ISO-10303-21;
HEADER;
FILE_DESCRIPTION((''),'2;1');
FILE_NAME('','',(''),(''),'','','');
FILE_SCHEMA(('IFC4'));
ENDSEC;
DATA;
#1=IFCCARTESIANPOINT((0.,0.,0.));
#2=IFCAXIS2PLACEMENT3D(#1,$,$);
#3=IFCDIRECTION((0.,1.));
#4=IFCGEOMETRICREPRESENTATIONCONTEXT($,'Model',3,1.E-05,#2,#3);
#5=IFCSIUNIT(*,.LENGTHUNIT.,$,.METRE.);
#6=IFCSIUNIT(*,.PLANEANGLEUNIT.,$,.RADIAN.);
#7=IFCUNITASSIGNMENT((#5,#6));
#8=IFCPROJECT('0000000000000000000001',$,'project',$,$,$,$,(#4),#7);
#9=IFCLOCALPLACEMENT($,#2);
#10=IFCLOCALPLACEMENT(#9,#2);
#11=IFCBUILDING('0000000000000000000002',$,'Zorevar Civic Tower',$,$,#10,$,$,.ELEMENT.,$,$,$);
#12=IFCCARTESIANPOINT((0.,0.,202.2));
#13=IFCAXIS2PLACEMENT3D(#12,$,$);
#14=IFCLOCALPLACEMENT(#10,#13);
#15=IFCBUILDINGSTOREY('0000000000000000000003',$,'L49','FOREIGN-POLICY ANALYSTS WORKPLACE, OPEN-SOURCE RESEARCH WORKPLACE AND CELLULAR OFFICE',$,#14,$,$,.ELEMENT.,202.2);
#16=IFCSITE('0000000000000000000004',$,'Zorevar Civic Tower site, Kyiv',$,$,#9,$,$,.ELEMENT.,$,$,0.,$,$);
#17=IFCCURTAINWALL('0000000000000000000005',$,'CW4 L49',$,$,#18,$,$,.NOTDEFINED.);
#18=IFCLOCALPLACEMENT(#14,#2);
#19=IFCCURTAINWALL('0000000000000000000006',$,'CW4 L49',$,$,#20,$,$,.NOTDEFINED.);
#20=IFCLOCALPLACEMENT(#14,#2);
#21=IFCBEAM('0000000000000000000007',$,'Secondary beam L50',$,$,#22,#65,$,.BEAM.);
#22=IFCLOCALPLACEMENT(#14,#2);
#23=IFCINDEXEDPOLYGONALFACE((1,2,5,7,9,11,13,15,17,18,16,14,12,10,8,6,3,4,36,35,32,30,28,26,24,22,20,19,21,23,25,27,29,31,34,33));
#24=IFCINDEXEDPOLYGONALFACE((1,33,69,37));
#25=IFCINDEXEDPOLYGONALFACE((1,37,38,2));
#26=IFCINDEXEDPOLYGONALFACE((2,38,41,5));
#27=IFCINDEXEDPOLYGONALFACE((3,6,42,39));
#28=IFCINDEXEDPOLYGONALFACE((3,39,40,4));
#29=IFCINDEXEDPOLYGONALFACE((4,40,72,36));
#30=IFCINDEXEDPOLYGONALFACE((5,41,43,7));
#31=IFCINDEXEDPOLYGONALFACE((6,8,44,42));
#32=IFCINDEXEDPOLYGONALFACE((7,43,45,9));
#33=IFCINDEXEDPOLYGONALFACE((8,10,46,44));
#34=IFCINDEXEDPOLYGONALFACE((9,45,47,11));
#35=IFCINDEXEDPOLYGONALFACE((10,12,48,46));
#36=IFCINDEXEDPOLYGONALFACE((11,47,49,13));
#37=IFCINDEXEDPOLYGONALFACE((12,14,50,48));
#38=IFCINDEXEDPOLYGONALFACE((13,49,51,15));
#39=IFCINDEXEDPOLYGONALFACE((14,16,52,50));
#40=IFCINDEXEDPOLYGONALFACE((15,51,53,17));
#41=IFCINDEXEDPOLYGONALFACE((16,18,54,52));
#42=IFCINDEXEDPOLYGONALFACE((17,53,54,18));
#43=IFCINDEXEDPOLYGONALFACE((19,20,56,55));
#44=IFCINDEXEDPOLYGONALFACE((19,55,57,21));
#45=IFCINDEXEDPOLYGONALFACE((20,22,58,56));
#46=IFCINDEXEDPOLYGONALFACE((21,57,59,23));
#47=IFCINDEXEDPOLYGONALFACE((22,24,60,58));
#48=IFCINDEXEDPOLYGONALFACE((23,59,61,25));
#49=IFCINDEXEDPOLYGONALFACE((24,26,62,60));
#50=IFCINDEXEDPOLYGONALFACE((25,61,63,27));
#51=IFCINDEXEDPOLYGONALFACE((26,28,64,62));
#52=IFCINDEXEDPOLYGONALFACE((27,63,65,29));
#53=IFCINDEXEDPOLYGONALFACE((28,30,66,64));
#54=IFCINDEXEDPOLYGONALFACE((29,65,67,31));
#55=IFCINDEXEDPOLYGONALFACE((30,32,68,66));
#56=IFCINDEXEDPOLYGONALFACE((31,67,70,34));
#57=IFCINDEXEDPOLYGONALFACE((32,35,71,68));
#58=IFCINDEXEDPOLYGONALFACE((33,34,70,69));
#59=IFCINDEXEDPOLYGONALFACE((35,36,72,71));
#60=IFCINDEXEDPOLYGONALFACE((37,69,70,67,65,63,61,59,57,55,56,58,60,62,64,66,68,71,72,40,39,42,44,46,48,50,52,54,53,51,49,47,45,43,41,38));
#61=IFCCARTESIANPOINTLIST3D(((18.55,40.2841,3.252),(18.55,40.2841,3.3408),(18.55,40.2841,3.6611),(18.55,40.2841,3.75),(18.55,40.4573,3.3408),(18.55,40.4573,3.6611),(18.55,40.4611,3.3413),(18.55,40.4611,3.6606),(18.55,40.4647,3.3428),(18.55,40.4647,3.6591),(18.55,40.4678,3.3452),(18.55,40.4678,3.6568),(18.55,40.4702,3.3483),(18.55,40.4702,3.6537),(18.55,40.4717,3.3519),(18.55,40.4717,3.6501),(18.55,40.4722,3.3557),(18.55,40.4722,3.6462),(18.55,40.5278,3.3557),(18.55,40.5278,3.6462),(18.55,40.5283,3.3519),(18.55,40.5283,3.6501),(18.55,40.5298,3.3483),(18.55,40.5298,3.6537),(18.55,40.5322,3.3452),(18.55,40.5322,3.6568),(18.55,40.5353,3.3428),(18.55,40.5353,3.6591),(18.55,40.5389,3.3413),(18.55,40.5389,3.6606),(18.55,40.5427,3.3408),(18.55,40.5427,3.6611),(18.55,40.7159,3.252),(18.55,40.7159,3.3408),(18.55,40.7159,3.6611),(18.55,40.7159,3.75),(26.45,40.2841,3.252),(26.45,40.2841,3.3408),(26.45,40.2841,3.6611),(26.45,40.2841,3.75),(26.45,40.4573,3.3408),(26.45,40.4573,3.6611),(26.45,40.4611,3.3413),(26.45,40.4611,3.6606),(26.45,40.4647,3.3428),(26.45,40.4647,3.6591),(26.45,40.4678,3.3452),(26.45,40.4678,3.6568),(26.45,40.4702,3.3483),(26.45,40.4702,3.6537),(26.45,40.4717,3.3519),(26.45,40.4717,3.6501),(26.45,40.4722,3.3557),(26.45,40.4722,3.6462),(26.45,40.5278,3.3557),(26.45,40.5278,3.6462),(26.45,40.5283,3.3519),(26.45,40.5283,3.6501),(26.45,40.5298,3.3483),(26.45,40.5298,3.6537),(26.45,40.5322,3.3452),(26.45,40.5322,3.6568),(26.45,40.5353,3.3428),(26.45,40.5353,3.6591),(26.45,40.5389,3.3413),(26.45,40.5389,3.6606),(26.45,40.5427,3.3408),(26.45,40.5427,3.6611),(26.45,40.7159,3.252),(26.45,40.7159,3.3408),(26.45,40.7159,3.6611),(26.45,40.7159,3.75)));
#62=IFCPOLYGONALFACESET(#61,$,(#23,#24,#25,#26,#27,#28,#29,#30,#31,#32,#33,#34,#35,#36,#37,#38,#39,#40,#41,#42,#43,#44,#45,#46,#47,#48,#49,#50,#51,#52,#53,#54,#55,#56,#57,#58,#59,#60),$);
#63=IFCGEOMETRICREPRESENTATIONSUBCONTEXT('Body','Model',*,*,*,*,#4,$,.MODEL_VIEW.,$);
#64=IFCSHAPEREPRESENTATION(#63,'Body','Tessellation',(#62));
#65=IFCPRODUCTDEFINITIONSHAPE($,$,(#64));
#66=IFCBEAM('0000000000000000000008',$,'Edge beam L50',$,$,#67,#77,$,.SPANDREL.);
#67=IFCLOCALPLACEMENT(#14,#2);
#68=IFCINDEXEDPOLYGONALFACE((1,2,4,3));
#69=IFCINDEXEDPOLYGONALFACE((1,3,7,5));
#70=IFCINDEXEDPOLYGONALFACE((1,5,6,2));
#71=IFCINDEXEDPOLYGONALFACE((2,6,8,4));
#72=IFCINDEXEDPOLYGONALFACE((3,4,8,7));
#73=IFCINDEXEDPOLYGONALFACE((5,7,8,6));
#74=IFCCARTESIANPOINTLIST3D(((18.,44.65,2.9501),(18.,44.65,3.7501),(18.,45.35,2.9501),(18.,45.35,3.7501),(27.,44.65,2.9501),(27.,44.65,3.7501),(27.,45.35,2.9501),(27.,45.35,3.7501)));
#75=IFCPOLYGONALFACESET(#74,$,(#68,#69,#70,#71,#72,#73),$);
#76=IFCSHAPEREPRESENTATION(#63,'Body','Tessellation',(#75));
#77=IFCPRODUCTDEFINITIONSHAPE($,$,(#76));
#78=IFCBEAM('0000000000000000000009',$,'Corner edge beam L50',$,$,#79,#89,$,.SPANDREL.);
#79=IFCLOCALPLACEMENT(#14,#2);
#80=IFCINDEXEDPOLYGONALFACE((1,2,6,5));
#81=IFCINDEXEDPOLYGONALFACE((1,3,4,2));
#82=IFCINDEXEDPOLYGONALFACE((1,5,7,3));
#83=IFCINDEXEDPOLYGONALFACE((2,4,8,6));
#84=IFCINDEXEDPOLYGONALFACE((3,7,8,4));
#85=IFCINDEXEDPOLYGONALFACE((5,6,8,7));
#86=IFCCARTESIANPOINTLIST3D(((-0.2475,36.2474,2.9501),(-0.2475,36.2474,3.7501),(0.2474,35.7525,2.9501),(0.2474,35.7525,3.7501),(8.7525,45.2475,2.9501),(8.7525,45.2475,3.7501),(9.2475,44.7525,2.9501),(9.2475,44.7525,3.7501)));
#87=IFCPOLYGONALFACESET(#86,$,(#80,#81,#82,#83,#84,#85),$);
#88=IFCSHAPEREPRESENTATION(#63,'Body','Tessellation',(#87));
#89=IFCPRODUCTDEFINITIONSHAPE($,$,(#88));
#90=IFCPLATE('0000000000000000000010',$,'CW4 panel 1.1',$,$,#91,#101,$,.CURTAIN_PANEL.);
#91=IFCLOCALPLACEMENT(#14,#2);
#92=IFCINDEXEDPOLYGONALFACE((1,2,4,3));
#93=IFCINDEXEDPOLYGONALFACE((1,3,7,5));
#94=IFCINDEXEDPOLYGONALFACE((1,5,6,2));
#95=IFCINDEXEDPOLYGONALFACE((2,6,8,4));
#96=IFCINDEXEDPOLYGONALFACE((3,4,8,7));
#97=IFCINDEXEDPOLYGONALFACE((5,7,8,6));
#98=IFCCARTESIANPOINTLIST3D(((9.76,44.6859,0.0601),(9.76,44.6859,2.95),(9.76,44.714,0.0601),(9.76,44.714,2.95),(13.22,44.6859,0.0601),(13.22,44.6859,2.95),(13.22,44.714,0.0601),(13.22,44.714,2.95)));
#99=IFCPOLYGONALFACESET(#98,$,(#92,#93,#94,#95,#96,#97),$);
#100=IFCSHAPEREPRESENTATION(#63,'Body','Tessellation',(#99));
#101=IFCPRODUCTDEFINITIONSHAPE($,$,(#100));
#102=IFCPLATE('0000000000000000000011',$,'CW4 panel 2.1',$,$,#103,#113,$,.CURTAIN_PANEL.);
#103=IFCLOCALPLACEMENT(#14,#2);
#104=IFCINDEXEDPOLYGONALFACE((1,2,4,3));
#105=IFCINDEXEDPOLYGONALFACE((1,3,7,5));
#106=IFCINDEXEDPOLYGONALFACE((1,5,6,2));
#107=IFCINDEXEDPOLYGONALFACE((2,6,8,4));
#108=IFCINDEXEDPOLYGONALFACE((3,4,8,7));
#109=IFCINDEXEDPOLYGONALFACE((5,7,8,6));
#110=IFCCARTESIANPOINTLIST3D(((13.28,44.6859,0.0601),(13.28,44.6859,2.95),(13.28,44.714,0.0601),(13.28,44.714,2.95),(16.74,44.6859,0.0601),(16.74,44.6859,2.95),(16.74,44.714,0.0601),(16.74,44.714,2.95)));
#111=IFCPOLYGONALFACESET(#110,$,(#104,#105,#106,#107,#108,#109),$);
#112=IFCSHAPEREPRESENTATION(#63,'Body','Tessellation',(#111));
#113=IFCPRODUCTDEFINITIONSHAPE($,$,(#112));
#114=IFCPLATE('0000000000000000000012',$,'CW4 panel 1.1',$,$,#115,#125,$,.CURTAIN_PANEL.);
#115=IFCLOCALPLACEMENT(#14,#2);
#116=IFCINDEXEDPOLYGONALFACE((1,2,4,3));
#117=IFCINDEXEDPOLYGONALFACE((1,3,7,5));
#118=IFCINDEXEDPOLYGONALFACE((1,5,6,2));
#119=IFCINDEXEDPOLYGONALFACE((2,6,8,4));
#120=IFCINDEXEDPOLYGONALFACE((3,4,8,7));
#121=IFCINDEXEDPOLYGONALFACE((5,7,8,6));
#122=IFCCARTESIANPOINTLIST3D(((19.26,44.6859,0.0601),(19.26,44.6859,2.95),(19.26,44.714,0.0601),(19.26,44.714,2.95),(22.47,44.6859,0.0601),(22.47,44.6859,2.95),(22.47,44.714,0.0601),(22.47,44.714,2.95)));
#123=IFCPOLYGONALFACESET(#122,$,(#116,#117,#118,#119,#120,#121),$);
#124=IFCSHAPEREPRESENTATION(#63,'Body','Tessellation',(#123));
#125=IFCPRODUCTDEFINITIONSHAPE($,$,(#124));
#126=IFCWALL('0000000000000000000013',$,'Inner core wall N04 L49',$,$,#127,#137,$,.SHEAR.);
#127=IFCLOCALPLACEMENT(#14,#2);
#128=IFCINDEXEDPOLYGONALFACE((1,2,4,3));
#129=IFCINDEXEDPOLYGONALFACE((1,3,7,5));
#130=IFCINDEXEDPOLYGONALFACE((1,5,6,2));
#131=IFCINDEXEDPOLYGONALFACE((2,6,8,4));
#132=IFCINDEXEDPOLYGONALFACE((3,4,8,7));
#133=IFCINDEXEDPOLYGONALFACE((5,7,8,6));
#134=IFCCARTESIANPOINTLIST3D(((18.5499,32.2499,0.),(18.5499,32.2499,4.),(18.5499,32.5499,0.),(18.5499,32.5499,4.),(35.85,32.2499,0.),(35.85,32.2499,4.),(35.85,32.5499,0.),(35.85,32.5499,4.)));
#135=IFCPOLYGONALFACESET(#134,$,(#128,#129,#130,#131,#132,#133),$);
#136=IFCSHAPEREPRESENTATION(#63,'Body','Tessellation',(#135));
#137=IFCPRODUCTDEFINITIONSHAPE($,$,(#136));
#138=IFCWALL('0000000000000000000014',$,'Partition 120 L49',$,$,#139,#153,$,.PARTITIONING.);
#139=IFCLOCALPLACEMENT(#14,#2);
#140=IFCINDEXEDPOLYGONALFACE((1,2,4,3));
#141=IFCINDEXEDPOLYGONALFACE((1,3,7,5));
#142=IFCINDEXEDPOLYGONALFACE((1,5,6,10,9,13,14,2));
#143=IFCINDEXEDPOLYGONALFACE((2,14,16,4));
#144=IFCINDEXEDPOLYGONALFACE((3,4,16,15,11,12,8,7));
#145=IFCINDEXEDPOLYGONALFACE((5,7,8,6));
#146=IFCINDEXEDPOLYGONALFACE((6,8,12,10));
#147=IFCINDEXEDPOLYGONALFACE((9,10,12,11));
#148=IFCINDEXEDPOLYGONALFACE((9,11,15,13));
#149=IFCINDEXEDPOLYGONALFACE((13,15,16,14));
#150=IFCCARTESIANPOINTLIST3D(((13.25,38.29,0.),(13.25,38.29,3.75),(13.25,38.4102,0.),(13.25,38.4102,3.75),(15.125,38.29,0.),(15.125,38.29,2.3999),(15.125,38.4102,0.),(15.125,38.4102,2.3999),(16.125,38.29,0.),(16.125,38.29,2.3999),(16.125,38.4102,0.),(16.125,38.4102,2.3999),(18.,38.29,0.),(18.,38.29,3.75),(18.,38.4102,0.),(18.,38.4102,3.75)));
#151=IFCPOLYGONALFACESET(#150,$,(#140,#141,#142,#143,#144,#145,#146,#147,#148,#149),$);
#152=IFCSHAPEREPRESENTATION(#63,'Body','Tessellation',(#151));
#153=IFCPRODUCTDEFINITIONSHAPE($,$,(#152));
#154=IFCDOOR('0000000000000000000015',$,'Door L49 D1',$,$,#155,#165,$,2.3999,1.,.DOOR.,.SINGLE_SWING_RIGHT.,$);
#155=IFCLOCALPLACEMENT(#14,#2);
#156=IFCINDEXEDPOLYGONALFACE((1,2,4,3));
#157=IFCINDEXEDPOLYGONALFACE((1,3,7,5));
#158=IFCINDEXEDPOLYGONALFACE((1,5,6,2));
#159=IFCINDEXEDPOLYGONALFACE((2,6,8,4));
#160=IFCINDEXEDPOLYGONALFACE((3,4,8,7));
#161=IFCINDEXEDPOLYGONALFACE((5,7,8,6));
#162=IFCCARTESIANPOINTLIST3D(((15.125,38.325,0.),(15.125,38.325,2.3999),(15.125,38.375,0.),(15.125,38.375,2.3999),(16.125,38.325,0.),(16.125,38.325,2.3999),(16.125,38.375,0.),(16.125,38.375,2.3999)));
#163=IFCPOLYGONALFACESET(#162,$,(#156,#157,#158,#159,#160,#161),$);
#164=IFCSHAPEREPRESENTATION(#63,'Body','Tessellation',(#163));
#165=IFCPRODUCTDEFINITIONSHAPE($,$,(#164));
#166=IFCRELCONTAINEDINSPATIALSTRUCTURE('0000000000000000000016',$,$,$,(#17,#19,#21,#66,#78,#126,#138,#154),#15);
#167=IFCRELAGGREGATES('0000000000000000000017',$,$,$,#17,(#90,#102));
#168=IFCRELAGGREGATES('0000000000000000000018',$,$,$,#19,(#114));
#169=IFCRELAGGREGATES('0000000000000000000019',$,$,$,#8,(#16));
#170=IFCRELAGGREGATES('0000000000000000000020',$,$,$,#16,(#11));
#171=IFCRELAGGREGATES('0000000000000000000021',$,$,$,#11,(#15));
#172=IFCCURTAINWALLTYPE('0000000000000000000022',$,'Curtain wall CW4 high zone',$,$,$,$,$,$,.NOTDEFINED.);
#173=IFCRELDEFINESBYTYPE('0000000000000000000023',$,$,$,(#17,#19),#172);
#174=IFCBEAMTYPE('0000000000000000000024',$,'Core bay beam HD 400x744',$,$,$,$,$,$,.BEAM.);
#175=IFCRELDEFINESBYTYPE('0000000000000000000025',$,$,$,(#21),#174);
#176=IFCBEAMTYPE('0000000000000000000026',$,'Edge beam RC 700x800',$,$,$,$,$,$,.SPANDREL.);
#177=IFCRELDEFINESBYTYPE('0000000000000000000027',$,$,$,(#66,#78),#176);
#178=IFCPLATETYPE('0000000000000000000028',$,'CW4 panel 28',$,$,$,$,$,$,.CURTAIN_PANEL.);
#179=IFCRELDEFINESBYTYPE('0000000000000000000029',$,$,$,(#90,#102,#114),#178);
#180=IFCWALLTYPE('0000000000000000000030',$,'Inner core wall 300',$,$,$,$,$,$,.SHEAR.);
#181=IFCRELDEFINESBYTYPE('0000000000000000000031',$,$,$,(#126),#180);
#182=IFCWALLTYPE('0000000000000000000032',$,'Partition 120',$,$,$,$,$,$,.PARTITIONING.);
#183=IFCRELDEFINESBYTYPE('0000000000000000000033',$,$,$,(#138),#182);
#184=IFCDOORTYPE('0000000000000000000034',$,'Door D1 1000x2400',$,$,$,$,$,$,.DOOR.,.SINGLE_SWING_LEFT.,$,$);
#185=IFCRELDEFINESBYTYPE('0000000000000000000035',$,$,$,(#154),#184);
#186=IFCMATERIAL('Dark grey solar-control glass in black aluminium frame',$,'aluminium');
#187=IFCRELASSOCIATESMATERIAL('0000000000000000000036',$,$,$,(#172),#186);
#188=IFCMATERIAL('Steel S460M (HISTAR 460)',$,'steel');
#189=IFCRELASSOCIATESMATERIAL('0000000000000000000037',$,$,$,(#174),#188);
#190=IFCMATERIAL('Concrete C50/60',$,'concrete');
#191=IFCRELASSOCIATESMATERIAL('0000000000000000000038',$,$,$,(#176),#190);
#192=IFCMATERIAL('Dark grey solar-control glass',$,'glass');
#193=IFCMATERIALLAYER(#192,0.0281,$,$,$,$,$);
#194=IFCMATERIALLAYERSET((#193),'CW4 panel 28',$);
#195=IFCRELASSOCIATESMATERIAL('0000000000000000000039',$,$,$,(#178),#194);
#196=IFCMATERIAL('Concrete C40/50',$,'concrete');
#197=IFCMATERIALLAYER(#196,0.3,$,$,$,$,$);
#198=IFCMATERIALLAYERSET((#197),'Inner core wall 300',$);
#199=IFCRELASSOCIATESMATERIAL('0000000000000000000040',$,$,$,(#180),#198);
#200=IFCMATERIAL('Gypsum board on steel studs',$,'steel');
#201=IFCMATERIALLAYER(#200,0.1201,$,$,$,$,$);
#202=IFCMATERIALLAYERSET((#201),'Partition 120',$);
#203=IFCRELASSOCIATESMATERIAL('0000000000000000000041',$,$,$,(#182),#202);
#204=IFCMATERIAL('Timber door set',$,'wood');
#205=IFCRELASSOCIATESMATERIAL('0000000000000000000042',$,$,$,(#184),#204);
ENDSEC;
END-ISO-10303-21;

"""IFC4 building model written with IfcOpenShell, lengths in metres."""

from ifc_helpers import new_model, si_unit, direction, frame, frame_2d, origin, origin_2d, place, context, subcontext, project, spatial, rectangle, i_section, extrude, material, layer, layer_set, material_profile, profile_set, type_object, element, fill, aggregate, save


model = new_model("IFC4")

# Units and contexts
model_context = context("Model", 3, precision=1e-05, world=origin(), true_north=direction((0.0, 1.0)))
body_context = subcontext(model_context, "Body", "Model", "MODEL_VIEW")
ifc_project = project(units=[si_unit("LENGTHUNIT", "METRE"), si_unit("PLANEANGLEUNIT", "RADIAN")], contexts=[model_context])

# Site, building, storey
site_placement = place(None, origin())
site = spatial("IfcSite", under=ifc_project, at=site_placement, Name="Zorevar Civic Tower site, Kyiv", CompositionType="ELEMENT", RefElevation=0.0)
building_placement = place(site_placement, origin())
building = spatial("IfcBuilding", under=site, at=building_placement, Name="Zorevar Civic Tower", CompositionType="ELEMENT")
storey_placement = place(building_placement, frame((0.0, 0.0, 202.2)))
storey = spatial("IfcBuildingStorey", under=building, at=storey_placement, Name="L49", Description="FOREIGN-POLICY ANALYSTS WORKPLACE, OPEN-SOURCE RESEARCH WORKPLACE AND CELLULAR OFFICE", CompositionType="ELEMENT", Elevation=202.2)

# Curtain wall
ifc_material_1 = material(Name="Dark grey solar-control glass in black aluminium frame", Category="aluminium")
curtain_wall_type = type_object("IfcCurtainWallType", Name="Curtain wall CW4 high zone", PredefinedType="NOTDEFINED", material=ifc_material_1)
curtain_wall_1_placement = place(storey_placement, origin())
curtain_wall_1 = element("IfcCurtainWall", 1, at=curtain_wall_1_placement, inside=storey, type_object=curtain_wall_type, Name="CW4 L49", PredefinedType="NOTDEFINED")

# Curtain wall
curtain_wall_2_placement = place(storey_placement, origin())
curtain_wall_2 = element("IfcCurtainWall", 2, at=curtain_wall_2_placement, inside=storey, type_object=curtain_wall_type, Name="CW4 L49", PredefinedType="NOTDEFINED")

# Beams
ifc_material_2 = material(Name="Steel S460M (HISTAR 460)", Category="steel")
ifc_material_profile_1 = material_profile(ifc_material_2, i_section(OverallWidth=0.4319, OverallDepth=0.498, WebThickness=0.0557, FlangeThickness=0.0889, FilletRadius=0.0149, at=origin_2d()), Name="HD 400x744")
ifc_profile_set_1 = profile_set([ifc_material_profile_1], Name="Steel S460M (HISTAR 460)")
beam_type_1 = type_object("IfcBeamType", Name="Core bay beam HD 400x744", PredefinedType="BEAM", material=ifc_profile_set_1)
beam_1_placement = place(storey_placement, frame((18.55, 40.5, 3.501), z_axis=(1.0, 0.0, 0.0), x_axis=(0.0, 1.0, 0.0)))
element("IfcBeam", 3, at=beam_1_placement, inside=storey, type_object=beam_type_1, Name="Secondary beam L50", PredefinedType="BEAM", context=body_context, shape_type="SweptSolid", body=[
    extrude(i_section(OverallWidth=0.4319, OverallDepth=0.498, WebThickness=0.0557, FlangeThickness=0.0889, FilletRadius=0.0149, at=origin_2d()), origin(), (0.0, 0.0, 1.0), 7.8999),
])
ifc_material_3 = material(Name="Concrete C50/60", Category="concrete")
ifc_material_profile_2 = material_profile(ifc_material_3, rectangle(XDim=0.7, YDim=0.8, at=origin_2d()), Name="RC 700x800")
ifc_profile_set_2 = profile_set([ifc_material_profile_2], Name="Concrete C50/60")
beam_type_2 = type_object("IfcBeamType", Name="Edge beam RC 700x800", PredefinedType="SPANDREL", material=ifc_profile_set_2)
beam_2_placement = place(storey_placement, frame((18.0, 45.0, 3.3501), z_axis=(1.0, 0.0, 0.0), x_axis=(0.0, 1.0, 0.0)))
element("IfcBeam", 4, at=beam_2_placement, inside=storey, type_object=beam_type_2, Name="Edge beam L50", PredefinedType="SPANDREL", context=body_context, shape_type="SweptSolid", body=[
    extrude(rectangle(XDim=0.7, YDim=0.8, at=origin_2d()), origin(), (0.0, 0.0, 1.0), 9.0),
])
beam_3_placement = place(storey_placement, frame((9.0, 45.0, 3.3501), z_axis=(-0.707107, -0.707107, 0.0), x_axis=(0.707107, -0.707107, 0.0)))
element("IfcBeam", 5, at=beam_3_placement, inside=storey, type_object=beam_type_2, Name="Corner edge beam L50", PredefinedType="SPANDREL", context=body_context, shape_type="SweptSolid", body=[
    extrude(rectangle(XDim=0.7, YDim=0.8, at=origin_2d()), origin(), (0.0, 0.0, 1.0), 12.728),
])

# Plates
ifc_material_4 = material(Name="Dark grey solar-control glass", Category="glass")
ifc_layer_1 = layer(ifc_material_4, 0.0281)
ifc_layer_set_1 = layer_set([ifc_layer_1], Name="CW4 panel 28")
plate_type = type_object("IfcPlateType", Name="CW4 panel 28", PredefinedType="CURTAIN_PANEL", material=ifc_layer_set_1)
plate_1_placement = place(storey_placement, frame((11.49, 44.7, 0.0601), z_axis=(0.0, 0.0, 1.0), x_axis=(1.0, 0.0, 0.0)))
plate_1 = element("IfcPlate", 6, at=plate_1_placement, type_object=plate_type, Name="CW4 panel 1.1", PredefinedType="CURTAIN_PANEL", context=body_context, shape_type="SweptSolid", body=[
    extrude(rectangle(XDim=3.46, YDim=0.0281, at=origin_2d()), origin(), (0.0, 0.0, 1.0), 2.8899),
])
plate_2_placement = place(storey_placement, frame((15.01, 44.7, 0.0601), z_axis=(0.0, 0.0, 1.0), x_axis=(1.0, 0.0, 0.0)))
plate_2 = element("IfcPlate", 7, at=plate_2_placement, type_object=plate_type, Name="CW4 panel 2.1", PredefinedType="CURTAIN_PANEL", context=body_context, shape_type="SweptSolid", body=[
    extrude(rectangle(XDim=3.46, YDim=0.0281, at=origin_2d()), origin(), (0.0, 0.0, 1.0), 2.8899),
])
aggregate(curtain_wall_1, [plate_1, plate_2])
plate_3_placement = place(storey_placement, frame((20.865, 44.7, 0.0601), z_axis=(0.0, 0.0, 1.0), x_axis=(1.0, 0.0, 0.0)))
plate_3 = element("IfcPlate", 8, at=plate_3_placement, type_object=plate_type, Name="CW4 panel 1.1", PredefinedType="CURTAIN_PANEL", context=body_context, shape_type="SweptSolid", body=[
    extrude(rectangle(XDim=3.21, YDim=0.0281, at=origin_2d()), origin(), (0.0, 0.0, 1.0), 2.8899),
])
aggregate(curtain_wall_2, [plate_3])

# Wall
ifc_material_5 = material(Name="Concrete C40/50", Category="concrete")
ifc_layer_2 = layer(ifc_material_5, 0.3)
ifc_layer_set_2 = layer_set([ifc_layer_2], Name="Inner core wall 300")
wall_type_1 = type_object("IfcWallType", Name="Inner core wall 300", PredefinedType="SHEAR", material=ifc_layer_set_2)
wall_1_placement = place(storey_placement, frame((18.55, 32.3999, 0.0), z_axis=(0.0, 0.0, 1.0), x_axis=(1.0, 0.0, 0.0)))
element("IfcWall", 9, at=wall_1_placement, inside=storey, type_object=wall_type_1, Name="Inner core wall N04 L49", PredefinedType="SHEAR", context=body_context, shape_type="SweptSolid", body=[
    extrude(rectangle(XDim=17.3, YDim=0.3, at=frame_2d((8.6499, 0.0))), origin(), (0.0, 0.0, 1.0), 4.0),
])

# Wall, opening, door
ifc_material_6 = material(Name="Gypsum board on steel studs", Category="steel")
ifc_layer_3 = layer(ifc_material_6, 0.1201)
ifc_layer_set_3 = layer_set([ifc_layer_3], Name="Partition 120")
wall_type_2 = type_object("IfcWallType", Name="Partition 120", PredefinedType="PARTITIONING", material=ifc_layer_set_3)
wall_2_placement = place(storey_placement, frame((13.25, 38.3501, 0.0), z_axis=(0.0, 0.0, 1.0), x_axis=(1.0, 0.0, 0.0)))
wall_2 = element("IfcWall", 10, at=wall_2_placement, inside=storey, type_object=wall_type_2, Name="Partition 120 L49", PredefinedType="PARTITIONING", context=body_context, shape_type="SweptSolid", body=[
    extrude(rectangle(XDim=4.75, YDim=0.1201, at=frame_2d((2.375, 0.0))), origin(), (0.0, 0.0, 1.0), 3.75),
])
opening_1_placement = place(wall_2_placement, frame((1.875, 0.0, 0.0)))
opening_1 = element("IfcOpeningElement", 11, at=opening_1_placement, cuts=wall_2, PredefinedType="OPENING", context=body_context, shape_type="SweptSolid", body=[
    extrude(rectangle(XDim=1.0, YDim=2.3999, at=frame_2d((0.5, 1.2))), frame((0.0, 0.0701, 0.0), z_axis=(0.0, -1.0, 0.0), x_axis=(1.0, 0.0, 0.0)), (0.0, 0.0, 1.0), 0.1401),
])
ifc_material_7 = material(Name="Timber door set", Category="wood")
door_type_1 = type_object("IfcDoorType", Name="Door D1 1000x2400", OperationType="SINGLE_SWING_LEFT", PredefinedType="DOOR", material=ifc_material_7)
door_1_placement = place(opening_1_placement, origin())
door_1 = element("IfcDoor", 12, at=door_1_placement, inside=storey, type_object=door_type_1, Name="Door L49 D1", OperationType="SINGLE_SWING_RIGHT", OverallHeight=2.3999, OverallWidth=1.0, PredefinedType="DOOR", context=body_context, shape_type="SweptSolid", body=[
    extrude(rectangle(XDim=1.0, YDim=2.3999, at=frame_2d((0.5, 1.2))), frame((0.0, 0.0249, 0.0), z_axis=(0.0, -1.0, 0.0), x_axis=(1.0, 0.0, 0.0)), (0.0, 0.0, 1.0), 0.05),
])
fill(opening_1, door_1)

save(model, "model.ifc")
